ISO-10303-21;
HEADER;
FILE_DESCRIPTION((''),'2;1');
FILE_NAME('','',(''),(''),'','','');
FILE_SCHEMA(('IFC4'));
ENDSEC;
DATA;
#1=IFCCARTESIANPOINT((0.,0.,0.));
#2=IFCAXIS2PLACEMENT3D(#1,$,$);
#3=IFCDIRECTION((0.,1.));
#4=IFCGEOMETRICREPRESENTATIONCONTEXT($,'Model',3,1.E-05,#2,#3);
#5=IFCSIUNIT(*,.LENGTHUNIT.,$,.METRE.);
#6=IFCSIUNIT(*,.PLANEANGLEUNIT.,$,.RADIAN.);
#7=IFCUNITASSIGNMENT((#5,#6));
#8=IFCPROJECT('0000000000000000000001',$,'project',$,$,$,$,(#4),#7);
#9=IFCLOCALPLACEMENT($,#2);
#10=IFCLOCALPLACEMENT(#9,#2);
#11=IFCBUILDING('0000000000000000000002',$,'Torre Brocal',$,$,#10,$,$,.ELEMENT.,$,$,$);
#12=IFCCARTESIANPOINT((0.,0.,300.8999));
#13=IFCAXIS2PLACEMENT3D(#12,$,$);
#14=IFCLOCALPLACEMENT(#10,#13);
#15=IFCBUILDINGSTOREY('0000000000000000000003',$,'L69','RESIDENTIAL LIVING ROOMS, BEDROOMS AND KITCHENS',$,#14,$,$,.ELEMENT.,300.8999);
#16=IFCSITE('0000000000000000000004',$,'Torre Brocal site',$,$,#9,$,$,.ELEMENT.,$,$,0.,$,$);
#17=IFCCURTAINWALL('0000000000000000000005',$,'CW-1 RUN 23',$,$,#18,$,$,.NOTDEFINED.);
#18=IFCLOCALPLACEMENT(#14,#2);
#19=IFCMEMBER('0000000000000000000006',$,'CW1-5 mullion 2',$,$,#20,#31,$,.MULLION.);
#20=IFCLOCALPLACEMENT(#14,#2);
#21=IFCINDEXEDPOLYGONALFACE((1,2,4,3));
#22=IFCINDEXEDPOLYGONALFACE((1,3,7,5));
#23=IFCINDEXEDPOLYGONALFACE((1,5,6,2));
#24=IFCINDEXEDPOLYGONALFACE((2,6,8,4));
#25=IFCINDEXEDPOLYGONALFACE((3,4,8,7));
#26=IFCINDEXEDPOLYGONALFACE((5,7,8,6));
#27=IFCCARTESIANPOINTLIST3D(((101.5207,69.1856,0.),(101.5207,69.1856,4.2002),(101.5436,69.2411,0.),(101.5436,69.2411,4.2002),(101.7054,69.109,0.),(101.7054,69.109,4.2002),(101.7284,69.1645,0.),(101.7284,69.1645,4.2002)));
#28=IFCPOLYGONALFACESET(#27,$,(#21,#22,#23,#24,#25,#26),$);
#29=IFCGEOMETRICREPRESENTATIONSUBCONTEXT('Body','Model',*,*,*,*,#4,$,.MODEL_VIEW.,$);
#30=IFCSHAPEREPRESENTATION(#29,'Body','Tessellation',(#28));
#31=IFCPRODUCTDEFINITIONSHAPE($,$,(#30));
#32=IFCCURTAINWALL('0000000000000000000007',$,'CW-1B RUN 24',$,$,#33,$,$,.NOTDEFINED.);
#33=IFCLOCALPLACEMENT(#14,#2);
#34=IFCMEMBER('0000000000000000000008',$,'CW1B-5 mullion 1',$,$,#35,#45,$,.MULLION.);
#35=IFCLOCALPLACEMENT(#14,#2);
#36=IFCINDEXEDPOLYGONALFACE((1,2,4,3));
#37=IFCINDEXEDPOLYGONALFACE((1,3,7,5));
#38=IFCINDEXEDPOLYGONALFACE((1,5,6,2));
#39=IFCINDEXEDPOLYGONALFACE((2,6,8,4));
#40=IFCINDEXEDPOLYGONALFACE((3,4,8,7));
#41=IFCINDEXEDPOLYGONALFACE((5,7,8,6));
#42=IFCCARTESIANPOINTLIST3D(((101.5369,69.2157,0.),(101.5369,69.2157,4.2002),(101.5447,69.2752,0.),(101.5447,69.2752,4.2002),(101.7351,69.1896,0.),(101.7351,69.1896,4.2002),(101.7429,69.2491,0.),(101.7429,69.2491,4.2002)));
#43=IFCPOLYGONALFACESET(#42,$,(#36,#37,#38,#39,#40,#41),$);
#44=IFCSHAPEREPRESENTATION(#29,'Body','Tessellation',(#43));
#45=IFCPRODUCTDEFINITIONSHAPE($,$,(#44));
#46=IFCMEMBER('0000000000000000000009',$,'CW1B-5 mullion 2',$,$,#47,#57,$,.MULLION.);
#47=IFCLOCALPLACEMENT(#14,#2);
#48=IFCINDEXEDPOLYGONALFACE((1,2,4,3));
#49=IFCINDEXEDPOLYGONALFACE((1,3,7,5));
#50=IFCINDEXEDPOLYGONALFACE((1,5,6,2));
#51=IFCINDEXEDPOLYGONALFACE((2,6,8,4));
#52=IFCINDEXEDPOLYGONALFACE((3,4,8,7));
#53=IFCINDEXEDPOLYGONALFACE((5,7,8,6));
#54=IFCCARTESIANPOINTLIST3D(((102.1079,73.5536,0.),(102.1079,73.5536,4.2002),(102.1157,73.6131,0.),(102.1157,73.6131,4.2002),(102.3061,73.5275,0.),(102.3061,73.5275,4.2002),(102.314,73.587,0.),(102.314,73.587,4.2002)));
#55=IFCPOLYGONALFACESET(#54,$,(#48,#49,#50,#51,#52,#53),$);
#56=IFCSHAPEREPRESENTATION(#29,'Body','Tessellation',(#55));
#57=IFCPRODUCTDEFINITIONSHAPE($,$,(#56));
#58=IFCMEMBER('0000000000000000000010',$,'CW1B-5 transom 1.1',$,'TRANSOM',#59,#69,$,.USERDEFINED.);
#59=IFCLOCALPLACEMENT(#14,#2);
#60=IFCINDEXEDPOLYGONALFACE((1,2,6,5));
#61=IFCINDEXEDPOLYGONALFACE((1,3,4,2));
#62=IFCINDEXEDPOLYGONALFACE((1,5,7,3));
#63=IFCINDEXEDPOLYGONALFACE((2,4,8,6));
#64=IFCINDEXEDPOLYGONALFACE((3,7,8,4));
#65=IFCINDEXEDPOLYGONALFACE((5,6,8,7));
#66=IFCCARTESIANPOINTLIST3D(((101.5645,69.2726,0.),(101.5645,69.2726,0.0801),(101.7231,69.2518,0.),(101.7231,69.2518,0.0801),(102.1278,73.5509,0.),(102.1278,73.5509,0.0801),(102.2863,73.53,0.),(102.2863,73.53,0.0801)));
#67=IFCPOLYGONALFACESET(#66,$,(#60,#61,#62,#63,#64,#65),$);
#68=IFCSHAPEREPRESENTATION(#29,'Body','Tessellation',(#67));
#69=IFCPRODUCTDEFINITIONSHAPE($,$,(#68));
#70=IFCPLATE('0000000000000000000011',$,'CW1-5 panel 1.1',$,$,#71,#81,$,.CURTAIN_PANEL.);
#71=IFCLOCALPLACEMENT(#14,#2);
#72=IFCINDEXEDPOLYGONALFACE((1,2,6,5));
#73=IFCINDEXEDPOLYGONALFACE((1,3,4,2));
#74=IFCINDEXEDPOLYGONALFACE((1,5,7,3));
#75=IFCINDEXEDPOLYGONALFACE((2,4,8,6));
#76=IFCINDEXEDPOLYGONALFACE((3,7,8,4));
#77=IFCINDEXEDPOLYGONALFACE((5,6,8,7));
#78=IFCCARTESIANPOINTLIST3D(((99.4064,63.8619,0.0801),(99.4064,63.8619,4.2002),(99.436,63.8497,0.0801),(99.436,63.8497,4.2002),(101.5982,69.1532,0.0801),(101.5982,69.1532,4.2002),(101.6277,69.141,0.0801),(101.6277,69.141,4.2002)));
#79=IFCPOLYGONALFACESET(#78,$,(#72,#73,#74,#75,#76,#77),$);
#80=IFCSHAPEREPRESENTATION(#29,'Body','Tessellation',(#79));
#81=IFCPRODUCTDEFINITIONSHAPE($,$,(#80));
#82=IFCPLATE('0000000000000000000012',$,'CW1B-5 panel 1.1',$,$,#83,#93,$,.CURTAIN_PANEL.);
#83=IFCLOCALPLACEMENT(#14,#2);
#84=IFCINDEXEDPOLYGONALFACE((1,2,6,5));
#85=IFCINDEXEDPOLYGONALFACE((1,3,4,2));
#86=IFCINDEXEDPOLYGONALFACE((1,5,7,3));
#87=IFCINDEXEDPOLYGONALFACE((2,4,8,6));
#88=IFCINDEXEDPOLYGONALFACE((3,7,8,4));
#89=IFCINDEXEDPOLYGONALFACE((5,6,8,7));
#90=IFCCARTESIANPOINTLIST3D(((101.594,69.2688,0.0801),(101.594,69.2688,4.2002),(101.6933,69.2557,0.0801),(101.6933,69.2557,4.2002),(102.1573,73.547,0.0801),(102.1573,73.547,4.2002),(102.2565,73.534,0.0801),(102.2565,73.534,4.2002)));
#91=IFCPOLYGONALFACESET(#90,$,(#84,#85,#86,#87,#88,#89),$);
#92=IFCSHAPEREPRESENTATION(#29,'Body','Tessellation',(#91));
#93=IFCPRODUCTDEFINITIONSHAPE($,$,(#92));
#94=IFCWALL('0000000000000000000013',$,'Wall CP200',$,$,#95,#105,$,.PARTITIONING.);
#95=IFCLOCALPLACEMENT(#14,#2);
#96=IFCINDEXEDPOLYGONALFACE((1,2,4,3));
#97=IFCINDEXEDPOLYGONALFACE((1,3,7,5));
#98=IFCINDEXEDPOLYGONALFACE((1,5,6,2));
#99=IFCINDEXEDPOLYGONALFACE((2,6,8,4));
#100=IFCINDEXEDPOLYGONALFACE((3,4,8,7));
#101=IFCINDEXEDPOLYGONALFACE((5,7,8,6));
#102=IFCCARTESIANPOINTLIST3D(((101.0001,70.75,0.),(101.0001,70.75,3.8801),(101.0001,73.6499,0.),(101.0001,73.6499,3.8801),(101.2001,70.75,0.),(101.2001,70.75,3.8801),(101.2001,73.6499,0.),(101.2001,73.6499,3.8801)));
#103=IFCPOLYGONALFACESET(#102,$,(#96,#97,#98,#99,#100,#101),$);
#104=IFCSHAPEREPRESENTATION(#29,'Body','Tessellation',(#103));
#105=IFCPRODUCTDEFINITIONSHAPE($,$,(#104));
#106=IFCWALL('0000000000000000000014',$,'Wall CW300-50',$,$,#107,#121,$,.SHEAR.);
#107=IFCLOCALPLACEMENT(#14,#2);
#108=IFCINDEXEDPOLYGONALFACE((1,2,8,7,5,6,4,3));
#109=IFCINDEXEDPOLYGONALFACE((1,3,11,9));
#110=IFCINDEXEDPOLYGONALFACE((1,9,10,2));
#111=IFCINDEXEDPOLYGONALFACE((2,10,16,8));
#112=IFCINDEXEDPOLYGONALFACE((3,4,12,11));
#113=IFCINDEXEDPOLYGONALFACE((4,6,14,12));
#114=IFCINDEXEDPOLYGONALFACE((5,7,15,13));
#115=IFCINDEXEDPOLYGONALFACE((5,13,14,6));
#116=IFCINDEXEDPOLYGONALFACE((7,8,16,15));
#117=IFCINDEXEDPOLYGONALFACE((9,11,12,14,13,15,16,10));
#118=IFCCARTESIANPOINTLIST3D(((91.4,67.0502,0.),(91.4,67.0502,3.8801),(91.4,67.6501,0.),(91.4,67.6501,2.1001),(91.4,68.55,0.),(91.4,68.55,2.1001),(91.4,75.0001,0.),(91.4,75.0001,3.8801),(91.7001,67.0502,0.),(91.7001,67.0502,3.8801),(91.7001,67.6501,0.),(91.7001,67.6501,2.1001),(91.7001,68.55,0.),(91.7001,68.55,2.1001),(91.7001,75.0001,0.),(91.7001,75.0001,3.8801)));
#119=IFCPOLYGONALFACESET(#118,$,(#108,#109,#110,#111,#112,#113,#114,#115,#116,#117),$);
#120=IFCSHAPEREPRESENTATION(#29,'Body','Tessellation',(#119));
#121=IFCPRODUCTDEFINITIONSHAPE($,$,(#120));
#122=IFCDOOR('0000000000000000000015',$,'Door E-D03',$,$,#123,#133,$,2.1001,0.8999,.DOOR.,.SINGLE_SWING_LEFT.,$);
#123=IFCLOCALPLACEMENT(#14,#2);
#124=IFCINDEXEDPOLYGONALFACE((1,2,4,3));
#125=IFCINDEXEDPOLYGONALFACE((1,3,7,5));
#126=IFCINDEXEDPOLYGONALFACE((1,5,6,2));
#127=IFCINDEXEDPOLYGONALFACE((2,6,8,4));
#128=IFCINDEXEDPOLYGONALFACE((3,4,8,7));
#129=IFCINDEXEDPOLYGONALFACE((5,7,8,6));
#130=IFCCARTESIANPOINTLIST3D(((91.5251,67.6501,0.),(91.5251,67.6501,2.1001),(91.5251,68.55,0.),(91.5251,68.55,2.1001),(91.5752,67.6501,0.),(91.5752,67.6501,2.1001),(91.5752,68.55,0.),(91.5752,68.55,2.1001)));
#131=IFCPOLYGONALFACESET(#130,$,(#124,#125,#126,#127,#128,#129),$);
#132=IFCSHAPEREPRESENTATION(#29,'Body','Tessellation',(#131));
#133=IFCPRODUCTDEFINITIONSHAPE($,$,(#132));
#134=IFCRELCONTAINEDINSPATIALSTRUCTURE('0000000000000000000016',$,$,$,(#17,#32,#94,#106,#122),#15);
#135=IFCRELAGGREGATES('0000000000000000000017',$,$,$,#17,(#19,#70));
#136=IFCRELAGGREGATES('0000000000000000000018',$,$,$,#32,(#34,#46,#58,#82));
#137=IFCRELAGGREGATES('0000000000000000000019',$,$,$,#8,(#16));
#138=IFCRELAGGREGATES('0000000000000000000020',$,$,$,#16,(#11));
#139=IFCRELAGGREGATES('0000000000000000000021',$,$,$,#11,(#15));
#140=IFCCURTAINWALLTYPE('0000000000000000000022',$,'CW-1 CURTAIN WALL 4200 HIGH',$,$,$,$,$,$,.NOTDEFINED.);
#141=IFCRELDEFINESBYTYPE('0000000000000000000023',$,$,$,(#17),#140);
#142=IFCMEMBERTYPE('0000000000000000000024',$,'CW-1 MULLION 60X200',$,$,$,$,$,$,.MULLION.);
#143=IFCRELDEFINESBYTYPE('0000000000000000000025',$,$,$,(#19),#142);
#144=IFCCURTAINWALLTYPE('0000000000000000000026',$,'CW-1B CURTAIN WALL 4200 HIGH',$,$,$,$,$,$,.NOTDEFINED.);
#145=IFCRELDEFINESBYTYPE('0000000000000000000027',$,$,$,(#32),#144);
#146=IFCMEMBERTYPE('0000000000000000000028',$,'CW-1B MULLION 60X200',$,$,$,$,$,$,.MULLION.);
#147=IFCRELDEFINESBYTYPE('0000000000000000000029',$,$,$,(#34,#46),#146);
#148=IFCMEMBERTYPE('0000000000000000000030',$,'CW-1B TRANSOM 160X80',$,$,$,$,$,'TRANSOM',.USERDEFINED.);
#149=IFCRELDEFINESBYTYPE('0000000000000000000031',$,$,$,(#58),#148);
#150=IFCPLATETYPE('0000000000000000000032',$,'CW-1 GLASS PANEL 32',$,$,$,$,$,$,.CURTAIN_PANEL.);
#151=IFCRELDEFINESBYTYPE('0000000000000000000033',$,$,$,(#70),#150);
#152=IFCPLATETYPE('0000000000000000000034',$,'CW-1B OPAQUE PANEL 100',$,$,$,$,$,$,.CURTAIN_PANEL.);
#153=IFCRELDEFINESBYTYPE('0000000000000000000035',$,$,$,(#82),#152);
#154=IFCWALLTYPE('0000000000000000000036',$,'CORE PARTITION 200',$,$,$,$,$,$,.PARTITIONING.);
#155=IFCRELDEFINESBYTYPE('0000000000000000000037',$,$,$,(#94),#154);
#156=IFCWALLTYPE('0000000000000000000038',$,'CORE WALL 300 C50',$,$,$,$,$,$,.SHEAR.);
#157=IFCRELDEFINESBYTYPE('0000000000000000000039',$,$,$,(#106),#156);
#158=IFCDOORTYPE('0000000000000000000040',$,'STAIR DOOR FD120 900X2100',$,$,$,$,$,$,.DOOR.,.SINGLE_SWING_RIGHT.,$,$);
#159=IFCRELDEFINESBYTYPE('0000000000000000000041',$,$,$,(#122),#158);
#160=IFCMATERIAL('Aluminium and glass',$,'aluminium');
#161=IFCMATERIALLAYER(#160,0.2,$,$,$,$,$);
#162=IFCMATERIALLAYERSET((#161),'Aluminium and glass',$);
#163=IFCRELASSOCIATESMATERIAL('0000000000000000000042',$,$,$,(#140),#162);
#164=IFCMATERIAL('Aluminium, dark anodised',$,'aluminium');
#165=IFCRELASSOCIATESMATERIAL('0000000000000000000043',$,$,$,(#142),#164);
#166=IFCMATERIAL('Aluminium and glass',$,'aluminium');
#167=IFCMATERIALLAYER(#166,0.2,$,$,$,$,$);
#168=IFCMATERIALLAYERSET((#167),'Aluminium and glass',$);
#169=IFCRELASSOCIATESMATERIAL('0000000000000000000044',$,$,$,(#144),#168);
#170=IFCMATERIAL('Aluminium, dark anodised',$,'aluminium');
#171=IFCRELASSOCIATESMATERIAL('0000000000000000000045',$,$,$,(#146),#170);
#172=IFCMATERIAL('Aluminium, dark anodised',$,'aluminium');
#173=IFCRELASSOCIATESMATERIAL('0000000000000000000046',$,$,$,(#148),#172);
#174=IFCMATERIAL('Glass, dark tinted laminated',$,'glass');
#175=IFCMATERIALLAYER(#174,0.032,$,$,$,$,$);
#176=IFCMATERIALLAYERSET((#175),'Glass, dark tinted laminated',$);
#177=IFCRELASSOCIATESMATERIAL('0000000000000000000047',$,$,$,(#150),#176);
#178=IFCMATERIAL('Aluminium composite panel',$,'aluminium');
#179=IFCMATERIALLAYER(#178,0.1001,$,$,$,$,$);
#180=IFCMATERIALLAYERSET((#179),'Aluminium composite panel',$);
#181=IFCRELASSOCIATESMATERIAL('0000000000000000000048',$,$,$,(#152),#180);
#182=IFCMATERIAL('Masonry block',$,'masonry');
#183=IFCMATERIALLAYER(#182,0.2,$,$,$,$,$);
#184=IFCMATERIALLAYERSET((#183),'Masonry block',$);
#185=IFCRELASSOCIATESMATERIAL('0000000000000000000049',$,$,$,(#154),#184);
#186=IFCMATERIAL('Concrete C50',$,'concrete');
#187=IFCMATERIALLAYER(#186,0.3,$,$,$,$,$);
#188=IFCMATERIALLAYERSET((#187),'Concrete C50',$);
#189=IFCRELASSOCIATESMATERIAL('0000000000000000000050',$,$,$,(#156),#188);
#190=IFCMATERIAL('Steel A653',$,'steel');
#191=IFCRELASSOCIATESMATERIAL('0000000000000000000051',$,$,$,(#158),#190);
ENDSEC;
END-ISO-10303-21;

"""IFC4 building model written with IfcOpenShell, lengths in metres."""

from ifc_helpers import new_model, si_unit, direction, frame, frame_2d, origin, origin_2d, place, context, subcontext, project, spatial, rectangle, extrude, material, layer, layer_set, material_profile, profile_set, type_object, element, fill, aggregate, save


model = new_model("IFC4")

# Units and contexts
model_context = context("Model", 3, precision=1e-05, world=origin(), true_north=direction((0.0, 1.0)))
body_context = subcontext(model_context, "Body", "Model", "MODEL_VIEW")
ifc_project = project(units=[si_unit("LENGTHUNIT", "METRE"), si_unit("PLANEANGLEUNIT", "RADIAN")], contexts=[model_context])

# Site, building, storey
site_placement = place(None, origin())
site = spatial("IfcSite", under=ifc_project, at=site_placement, Name="Torre Brocal site", CompositionType="ELEMENT", RefElevation=0.0)
building_placement = place(site_placement, origin())
building = spatial("IfcBuilding", under=site, at=building_placement, Name="Torre Brocal", CompositionType="ELEMENT")
storey_placement = place(building_placement, frame((0.0, 0.0, 300.8999)))
storey = spatial("IfcBuildingStorey", under=building, at=storey_placement, Name="L69", Description="RESIDENTIAL LIVING ROOMS, BEDROOMS AND KITCHENS", CompositionType="ELEMENT", Elevation=300.8999)

# Curtain wall, member
ifc_material_1 = material(Name="Aluminium and glass", Category="aluminium")
ifc_layer_1 = layer(ifc_material_1, 0.2)
ifc_layer_set_1 = layer_set([ifc_layer_1], Name="Aluminium and glass")
curtain_wall_type_1 = type_object("IfcCurtainWallType", Name="CW-1 CURTAIN WALL 4200 HIGH", PredefinedType="NOTDEFINED", material=ifc_layer_set_1)
curtain_wall_1_placement = place(storey_placement, origin())
curtain_wall_1 = element("IfcCurtainWall", 1, at=curtain_wall_1_placement, inside=storey, type_object=curtain_wall_type_1, Name="CW-1 RUN 23", PredefinedType="NOTDEFINED")
ifc_material_2 = material(Name="Aluminium, dark anodised", Category="aluminium")
ifc_material_profile_1 = material_profile(ifc_material_2, rectangle(XDim=0.2, YDim=0.0601, at=origin_2d()), Name="CW-1 MULLION 60X200")
ifc_profile_set_1 = profile_set([ifc_material_profile_1], Name="Aluminium, dark anodised")
member_type_1 = type_object("IfcMemberType", Name="CW-1 MULLION 60X200", PredefinedType="MULLION", material=ifc_profile_set_1)
member_1_placement = place(storey_placement, frame((101.6245, 69.175, 0.0), z_axis=(0.0, 0.0, 1.0), x_axis=(-0.92388, 0.382683, 0.0)))
member_1 = element("IfcMember", 2, at=member_1_placement, type_object=member_type_1, Name="CW1-5 mullion 2", PredefinedType="MULLION", context=body_context, shape_type="SweptSolid", body=[
    extrude(rectangle(XDim=0.2, YDim=0.0601, at=origin_2d()), origin(), (0.0, 0.0, 1.0), 4.2002),
])

# Curtain wall, members
ifc_material_3 = material(Name="Aluminium and glass", Category="aluminium")
ifc_layer_2 = layer(ifc_material_3, 0.2)
ifc_layer_set_2 = layer_set([ifc_layer_2], Name="Aluminium and glass")
curtain_wall_type_2 = type_object("IfcCurtainWallType", Name="CW-1B CURTAIN WALL 4200 HIGH", PredefinedType="NOTDEFINED", material=ifc_layer_set_2)
curtain_wall_2_placement = place(storey_placement, origin())
curtain_wall_2 = element("IfcCurtainWall", 3, at=curtain_wall_2_placement, inside=storey, type_object=curtain_wall_type_2, Name="CW-1B RUN 24", PredefinedType="NOTDEFINED")
ifc_material_4 = material(Name="Aluminium, dark anodised", Category="aluminium")
ifc_material_profile_2 = material_profile(ifc_material_4, rectangle(XDim=0.2, YDim=0.0601, at=origin_2d()), Name="CW-1B MULLION 60X200")
ifc_profile_set_2 = profile_set([ifc_material_profile_2], Name="Aluminium, dark anodised")
member_type_2 = type_object("IfcMemberType", Name="CW-1B MULLION 60X200", PredefinedType="MULLION", material=ifc_profile_set_2)
member_2_placement = place(storey_placement, frame((101.6399, 69.2324, 0.0), z_axis=(0.0, 0.0, 1.0), x_axis=(-0.991445, 0.130526, 0.0)))
member_2 = element("IfcMember", 4, at=member_2_placement, type_object=member_type_2, Name="CW1B-5 mullion 1", PredefinedType="MULLION", context=body_context, shape_type="SweptSolid", body=[
    extrude(rectangle(XDim=0.2, YDim=0.0601, at=origin_2d()), origin(), (0.0, 0.0, 1.0), 4.2002),
])
member_3_placement = place(storey_placement, frame((102.2109, 73.5703, 0.0), z_axis=(0.0, 0.0, 1.0), x_axis=(-0.991445, 0.130526, 0.0)))
member_3 = element("IfcMember", 5, at=member_3_placement, type_object=member_type_2, Name="CW1B-5 mullion 2", PredefinedType="MULLION", context=body_context, shape_type="SweptSolid", body=[
    extrude(rectangle(XDim=0.2, YDim=0.0601, at=origin_2d()), origin(), (0.0, 0.0, 1.0), 4.2002),
])
ifc_material_5 = material(Name="Aluminium, dark anodised", Category="aluminium")
ifc_material_profile_3 = material_profile(ifc_material_5, rectangle(XDim=0.1599, YDim=0.0801, at=origin_2d()), Name="CW-1B TRANSOM 160X80")
ifc_profile_set_3 = profile_set([ifc_material_profile_3], Name="Aluminium, dark anodised")
member_type_3 = type_object("IfcMemberType", Name="CW-1B TRANSOM 160X80", ElementType="TRANSOM", PredefinedType="USERDEFINED", material=ifc_profile_set_3)
member_4_placement = place(storey_placement, frame((101.6438, 69.2622, 0.04), z_axis=(0.130522, 0.991445, 0.0), x_axis=(-0.991445, 0.130522, 0.0)))
member_4 = element("IfcMember", 6, at=member_4_placement, type_object=member_type_3, Name="CW1B-5 transom 1.1", ObjectType="TRANSOM", PredefinedType="USERDEFINED", context=body_context, shape_type="SweptSolid", body=[
    extrude(rectangle(XDim=0.1599, YDim=0.0801, at=origin_2d()), origin(), (0.0, 0.0, 1.0), 4.3152),
])

# Plates
ifc_material_6 = material(Name="Glass, dark tinted laminated", Category="glass")
ifc_layer_3 = layer(ifc_material_6, 0.032)
ifc_layer_set_3 = layer_set([ifc_layer_3], Name="Glass, dark tinted laminated")
plate_type_1 = type_object("IfcPlateType", Name="CW-1 GLASS PANEL 32", PredefinedType="CURTAIN_PANEL", material=ifc_layer_set_3)
plate_1_placement = place(storey_placement, frame((100.5171, 66.5015, 0.0801), z_axis=(0.0, 0.0, 1.0), x_axis=(0.382683, 0.92388, 0.0)))
plate_1 = element("IfcPlate", 7, at=plate_1_placement, type_object=plate_type_1, Name="CW1-5 panel 1.1", PredefinedType="CURTAIN_PANEL", context=body_context, shape_type="SweptSolid", body=[
    extrude(rectangle(XDim=5.7273, YDim=0.032, at=origin_2d()), origin(), (0.0, 0.0, 1.0), 4.1201),
])
aggregate(curtain_wall_1, [member_1, plate_1])
ifc_material_7 = material(Name="Aluminium composite panel", Category="aluminium")
ifc_layer_4 = layer(ifc_material_7, 0.1001)
ifc_layer_set_4 = layer_set([ifc_layer_4], Name="Aluminium composite panel")
plate_type_2 = type_object("IfcPlateType", Name="CW-1B OPAQUE PANEL 100", PredefinedType="CURTAIN_PANEL", material=ifc_layer_set_4)
plate_2_placement = place(storey_placement, frame((101.9253, 71.4014, 0.0801), z_axis=(0.0, 0.0, 1.0), x_axis=(0.130526, 0.991445, 0.0)))
plate_2 = element("IfcPlate", 8, at=plate_2_placement, type_object=plate_type_2, Name="CW1B-5 panel 1.1", PredefinedType="CURTAIN_PANEL", context=body_context, shape_type="SweptSolid", body=[
    extrude(rectangle(XDim=4.3152, YDim=0.1001, at=origin_2d()), origin(), (0.0, 0.0, 1.0), 4.1201),
])
aggregate(curtain_wall_2, [member_2, member_3, member_4, plate_2])

# Wall
ifc_material_8 = material(Name="Masonry block", Category="masonry")
ifc_layer_5 = layer(ifc_material_8, 0.2)
ifc_layer_set_5 = layer_set([ifc_layer_5], Name="Masonry block")
wall_type_1 = type_object("IfcWallType", Name="CORE PARTITION 200", PredefinedType="PARTITIONING", material=ifc_layer_set_5)
wall_1_placement = place(storey_placement, frame((101.1001, 70.75, 0.0), z_axis=(0.0, 0.0, 1.0), x_axis=(0.0, 1.0, 0.0)))
element("IfcWall", 9, at=wall_1_placement, inside=storey, type_object=wall_type_1, Name="Wall CP200", PredefinedType="PARTITIONING", context=body_context, shape_type="SweptSolid", body=[
    extrude(rectangle(XDim=2.8999, YDim=0.2, at=frame_2d((1.45, 0.0))), origin(), (0.0, 0.0, 1.0), 3.8801),
])

# Wall, opening, door
ifc_material_9 = material(Name="Concrete C50", Category="concrete")
ifc_layer_6 = layer(ifc_material_9, 0.3)
ifc_layer_set_6 = layer_set([ifc_layer_6], Name="Concrete C50")
wall_type_2 = type_object("IfcWallType", Name="CORE WALL 300 C50", PredefinedType="SHEAR", material=ifc_layer_set_6)
wall_2_placement = place(storey_placement, frame((91.55, 67.05, 0.0), z_axis=(0.0, 0.0, 1.0), x_axis=(0.0, 1.0, 0.0)))
wall_2 = element("IfcWall", 10, at=wall_2_placement, inside=storey, type_object=wall_type_2, Name="Wall CW300-50", PredefinedType="SHEAR", context=body_context, shape_type="SweptSolid", body=[
    extrude(rectangle(XDim=7.95, YDim=0.3, at=frame_2d((3.9751, 0.0))), origin(), (0.0, 0.0, 1.0), 3.8801),
])
opening_1_placement = place(wall_2_placement, frame((0.6001, 0.0, 0.0)))
opening_1 = element("IfcOpeningElement", 11, at=opening_1_placement, cuts=wall_2, PredefinedType="OPENING", context=body_context, shape_type="SweptSolid", body=[
    extrude(rectangle(XDim=0.8999, YDim=2.1001, at=frame_2d((0.45, 1.05))), frame((0.0, 0.1599, 0.0), z_axis=(0.0, -1.0, 0.0), x_axis=(1.0, 0.0, 0.0)), (0.0, 0.0, 1.0), 0.3201),
])
ifc_material_10 = material(Name="Steel A653", Category="steel")
door_type_1 = type_object("IfcDoorType", Name="STAIR DOOR FD120 900X2100", OperationType="SINGLE_SWING_RIGHT", PredefinedType="DOOR", material=ifc_material_10)
door_1_placement = place(opening_1_placement, origin())
door_1 = element("IfcDoor", 12, at=door_1_placement, inside=storey, type_object=door_type_1, Name="Door E-D03", OperationType="SINGLE_SWING_LEFT", OverallHeight=2.1001, OverallWidth=0.8999, PredefinedType="DOOR", context=body_context, shape_type="SweptSolid", body=[
    extrude(rectangle(XDim=0.8999, YDim=2.1001, at=frame_2d((0.45, 1.05))), frame((0.0, 0.0249, 0.0), z_axis=(0.0, -1.0, 0.0), x_axis=(1.0, 0.0, 0.0)), (0.0, 0.0, 1.0), 0.05),
])
fill(opening_1, door_1)

save(model, "model.ifc")
